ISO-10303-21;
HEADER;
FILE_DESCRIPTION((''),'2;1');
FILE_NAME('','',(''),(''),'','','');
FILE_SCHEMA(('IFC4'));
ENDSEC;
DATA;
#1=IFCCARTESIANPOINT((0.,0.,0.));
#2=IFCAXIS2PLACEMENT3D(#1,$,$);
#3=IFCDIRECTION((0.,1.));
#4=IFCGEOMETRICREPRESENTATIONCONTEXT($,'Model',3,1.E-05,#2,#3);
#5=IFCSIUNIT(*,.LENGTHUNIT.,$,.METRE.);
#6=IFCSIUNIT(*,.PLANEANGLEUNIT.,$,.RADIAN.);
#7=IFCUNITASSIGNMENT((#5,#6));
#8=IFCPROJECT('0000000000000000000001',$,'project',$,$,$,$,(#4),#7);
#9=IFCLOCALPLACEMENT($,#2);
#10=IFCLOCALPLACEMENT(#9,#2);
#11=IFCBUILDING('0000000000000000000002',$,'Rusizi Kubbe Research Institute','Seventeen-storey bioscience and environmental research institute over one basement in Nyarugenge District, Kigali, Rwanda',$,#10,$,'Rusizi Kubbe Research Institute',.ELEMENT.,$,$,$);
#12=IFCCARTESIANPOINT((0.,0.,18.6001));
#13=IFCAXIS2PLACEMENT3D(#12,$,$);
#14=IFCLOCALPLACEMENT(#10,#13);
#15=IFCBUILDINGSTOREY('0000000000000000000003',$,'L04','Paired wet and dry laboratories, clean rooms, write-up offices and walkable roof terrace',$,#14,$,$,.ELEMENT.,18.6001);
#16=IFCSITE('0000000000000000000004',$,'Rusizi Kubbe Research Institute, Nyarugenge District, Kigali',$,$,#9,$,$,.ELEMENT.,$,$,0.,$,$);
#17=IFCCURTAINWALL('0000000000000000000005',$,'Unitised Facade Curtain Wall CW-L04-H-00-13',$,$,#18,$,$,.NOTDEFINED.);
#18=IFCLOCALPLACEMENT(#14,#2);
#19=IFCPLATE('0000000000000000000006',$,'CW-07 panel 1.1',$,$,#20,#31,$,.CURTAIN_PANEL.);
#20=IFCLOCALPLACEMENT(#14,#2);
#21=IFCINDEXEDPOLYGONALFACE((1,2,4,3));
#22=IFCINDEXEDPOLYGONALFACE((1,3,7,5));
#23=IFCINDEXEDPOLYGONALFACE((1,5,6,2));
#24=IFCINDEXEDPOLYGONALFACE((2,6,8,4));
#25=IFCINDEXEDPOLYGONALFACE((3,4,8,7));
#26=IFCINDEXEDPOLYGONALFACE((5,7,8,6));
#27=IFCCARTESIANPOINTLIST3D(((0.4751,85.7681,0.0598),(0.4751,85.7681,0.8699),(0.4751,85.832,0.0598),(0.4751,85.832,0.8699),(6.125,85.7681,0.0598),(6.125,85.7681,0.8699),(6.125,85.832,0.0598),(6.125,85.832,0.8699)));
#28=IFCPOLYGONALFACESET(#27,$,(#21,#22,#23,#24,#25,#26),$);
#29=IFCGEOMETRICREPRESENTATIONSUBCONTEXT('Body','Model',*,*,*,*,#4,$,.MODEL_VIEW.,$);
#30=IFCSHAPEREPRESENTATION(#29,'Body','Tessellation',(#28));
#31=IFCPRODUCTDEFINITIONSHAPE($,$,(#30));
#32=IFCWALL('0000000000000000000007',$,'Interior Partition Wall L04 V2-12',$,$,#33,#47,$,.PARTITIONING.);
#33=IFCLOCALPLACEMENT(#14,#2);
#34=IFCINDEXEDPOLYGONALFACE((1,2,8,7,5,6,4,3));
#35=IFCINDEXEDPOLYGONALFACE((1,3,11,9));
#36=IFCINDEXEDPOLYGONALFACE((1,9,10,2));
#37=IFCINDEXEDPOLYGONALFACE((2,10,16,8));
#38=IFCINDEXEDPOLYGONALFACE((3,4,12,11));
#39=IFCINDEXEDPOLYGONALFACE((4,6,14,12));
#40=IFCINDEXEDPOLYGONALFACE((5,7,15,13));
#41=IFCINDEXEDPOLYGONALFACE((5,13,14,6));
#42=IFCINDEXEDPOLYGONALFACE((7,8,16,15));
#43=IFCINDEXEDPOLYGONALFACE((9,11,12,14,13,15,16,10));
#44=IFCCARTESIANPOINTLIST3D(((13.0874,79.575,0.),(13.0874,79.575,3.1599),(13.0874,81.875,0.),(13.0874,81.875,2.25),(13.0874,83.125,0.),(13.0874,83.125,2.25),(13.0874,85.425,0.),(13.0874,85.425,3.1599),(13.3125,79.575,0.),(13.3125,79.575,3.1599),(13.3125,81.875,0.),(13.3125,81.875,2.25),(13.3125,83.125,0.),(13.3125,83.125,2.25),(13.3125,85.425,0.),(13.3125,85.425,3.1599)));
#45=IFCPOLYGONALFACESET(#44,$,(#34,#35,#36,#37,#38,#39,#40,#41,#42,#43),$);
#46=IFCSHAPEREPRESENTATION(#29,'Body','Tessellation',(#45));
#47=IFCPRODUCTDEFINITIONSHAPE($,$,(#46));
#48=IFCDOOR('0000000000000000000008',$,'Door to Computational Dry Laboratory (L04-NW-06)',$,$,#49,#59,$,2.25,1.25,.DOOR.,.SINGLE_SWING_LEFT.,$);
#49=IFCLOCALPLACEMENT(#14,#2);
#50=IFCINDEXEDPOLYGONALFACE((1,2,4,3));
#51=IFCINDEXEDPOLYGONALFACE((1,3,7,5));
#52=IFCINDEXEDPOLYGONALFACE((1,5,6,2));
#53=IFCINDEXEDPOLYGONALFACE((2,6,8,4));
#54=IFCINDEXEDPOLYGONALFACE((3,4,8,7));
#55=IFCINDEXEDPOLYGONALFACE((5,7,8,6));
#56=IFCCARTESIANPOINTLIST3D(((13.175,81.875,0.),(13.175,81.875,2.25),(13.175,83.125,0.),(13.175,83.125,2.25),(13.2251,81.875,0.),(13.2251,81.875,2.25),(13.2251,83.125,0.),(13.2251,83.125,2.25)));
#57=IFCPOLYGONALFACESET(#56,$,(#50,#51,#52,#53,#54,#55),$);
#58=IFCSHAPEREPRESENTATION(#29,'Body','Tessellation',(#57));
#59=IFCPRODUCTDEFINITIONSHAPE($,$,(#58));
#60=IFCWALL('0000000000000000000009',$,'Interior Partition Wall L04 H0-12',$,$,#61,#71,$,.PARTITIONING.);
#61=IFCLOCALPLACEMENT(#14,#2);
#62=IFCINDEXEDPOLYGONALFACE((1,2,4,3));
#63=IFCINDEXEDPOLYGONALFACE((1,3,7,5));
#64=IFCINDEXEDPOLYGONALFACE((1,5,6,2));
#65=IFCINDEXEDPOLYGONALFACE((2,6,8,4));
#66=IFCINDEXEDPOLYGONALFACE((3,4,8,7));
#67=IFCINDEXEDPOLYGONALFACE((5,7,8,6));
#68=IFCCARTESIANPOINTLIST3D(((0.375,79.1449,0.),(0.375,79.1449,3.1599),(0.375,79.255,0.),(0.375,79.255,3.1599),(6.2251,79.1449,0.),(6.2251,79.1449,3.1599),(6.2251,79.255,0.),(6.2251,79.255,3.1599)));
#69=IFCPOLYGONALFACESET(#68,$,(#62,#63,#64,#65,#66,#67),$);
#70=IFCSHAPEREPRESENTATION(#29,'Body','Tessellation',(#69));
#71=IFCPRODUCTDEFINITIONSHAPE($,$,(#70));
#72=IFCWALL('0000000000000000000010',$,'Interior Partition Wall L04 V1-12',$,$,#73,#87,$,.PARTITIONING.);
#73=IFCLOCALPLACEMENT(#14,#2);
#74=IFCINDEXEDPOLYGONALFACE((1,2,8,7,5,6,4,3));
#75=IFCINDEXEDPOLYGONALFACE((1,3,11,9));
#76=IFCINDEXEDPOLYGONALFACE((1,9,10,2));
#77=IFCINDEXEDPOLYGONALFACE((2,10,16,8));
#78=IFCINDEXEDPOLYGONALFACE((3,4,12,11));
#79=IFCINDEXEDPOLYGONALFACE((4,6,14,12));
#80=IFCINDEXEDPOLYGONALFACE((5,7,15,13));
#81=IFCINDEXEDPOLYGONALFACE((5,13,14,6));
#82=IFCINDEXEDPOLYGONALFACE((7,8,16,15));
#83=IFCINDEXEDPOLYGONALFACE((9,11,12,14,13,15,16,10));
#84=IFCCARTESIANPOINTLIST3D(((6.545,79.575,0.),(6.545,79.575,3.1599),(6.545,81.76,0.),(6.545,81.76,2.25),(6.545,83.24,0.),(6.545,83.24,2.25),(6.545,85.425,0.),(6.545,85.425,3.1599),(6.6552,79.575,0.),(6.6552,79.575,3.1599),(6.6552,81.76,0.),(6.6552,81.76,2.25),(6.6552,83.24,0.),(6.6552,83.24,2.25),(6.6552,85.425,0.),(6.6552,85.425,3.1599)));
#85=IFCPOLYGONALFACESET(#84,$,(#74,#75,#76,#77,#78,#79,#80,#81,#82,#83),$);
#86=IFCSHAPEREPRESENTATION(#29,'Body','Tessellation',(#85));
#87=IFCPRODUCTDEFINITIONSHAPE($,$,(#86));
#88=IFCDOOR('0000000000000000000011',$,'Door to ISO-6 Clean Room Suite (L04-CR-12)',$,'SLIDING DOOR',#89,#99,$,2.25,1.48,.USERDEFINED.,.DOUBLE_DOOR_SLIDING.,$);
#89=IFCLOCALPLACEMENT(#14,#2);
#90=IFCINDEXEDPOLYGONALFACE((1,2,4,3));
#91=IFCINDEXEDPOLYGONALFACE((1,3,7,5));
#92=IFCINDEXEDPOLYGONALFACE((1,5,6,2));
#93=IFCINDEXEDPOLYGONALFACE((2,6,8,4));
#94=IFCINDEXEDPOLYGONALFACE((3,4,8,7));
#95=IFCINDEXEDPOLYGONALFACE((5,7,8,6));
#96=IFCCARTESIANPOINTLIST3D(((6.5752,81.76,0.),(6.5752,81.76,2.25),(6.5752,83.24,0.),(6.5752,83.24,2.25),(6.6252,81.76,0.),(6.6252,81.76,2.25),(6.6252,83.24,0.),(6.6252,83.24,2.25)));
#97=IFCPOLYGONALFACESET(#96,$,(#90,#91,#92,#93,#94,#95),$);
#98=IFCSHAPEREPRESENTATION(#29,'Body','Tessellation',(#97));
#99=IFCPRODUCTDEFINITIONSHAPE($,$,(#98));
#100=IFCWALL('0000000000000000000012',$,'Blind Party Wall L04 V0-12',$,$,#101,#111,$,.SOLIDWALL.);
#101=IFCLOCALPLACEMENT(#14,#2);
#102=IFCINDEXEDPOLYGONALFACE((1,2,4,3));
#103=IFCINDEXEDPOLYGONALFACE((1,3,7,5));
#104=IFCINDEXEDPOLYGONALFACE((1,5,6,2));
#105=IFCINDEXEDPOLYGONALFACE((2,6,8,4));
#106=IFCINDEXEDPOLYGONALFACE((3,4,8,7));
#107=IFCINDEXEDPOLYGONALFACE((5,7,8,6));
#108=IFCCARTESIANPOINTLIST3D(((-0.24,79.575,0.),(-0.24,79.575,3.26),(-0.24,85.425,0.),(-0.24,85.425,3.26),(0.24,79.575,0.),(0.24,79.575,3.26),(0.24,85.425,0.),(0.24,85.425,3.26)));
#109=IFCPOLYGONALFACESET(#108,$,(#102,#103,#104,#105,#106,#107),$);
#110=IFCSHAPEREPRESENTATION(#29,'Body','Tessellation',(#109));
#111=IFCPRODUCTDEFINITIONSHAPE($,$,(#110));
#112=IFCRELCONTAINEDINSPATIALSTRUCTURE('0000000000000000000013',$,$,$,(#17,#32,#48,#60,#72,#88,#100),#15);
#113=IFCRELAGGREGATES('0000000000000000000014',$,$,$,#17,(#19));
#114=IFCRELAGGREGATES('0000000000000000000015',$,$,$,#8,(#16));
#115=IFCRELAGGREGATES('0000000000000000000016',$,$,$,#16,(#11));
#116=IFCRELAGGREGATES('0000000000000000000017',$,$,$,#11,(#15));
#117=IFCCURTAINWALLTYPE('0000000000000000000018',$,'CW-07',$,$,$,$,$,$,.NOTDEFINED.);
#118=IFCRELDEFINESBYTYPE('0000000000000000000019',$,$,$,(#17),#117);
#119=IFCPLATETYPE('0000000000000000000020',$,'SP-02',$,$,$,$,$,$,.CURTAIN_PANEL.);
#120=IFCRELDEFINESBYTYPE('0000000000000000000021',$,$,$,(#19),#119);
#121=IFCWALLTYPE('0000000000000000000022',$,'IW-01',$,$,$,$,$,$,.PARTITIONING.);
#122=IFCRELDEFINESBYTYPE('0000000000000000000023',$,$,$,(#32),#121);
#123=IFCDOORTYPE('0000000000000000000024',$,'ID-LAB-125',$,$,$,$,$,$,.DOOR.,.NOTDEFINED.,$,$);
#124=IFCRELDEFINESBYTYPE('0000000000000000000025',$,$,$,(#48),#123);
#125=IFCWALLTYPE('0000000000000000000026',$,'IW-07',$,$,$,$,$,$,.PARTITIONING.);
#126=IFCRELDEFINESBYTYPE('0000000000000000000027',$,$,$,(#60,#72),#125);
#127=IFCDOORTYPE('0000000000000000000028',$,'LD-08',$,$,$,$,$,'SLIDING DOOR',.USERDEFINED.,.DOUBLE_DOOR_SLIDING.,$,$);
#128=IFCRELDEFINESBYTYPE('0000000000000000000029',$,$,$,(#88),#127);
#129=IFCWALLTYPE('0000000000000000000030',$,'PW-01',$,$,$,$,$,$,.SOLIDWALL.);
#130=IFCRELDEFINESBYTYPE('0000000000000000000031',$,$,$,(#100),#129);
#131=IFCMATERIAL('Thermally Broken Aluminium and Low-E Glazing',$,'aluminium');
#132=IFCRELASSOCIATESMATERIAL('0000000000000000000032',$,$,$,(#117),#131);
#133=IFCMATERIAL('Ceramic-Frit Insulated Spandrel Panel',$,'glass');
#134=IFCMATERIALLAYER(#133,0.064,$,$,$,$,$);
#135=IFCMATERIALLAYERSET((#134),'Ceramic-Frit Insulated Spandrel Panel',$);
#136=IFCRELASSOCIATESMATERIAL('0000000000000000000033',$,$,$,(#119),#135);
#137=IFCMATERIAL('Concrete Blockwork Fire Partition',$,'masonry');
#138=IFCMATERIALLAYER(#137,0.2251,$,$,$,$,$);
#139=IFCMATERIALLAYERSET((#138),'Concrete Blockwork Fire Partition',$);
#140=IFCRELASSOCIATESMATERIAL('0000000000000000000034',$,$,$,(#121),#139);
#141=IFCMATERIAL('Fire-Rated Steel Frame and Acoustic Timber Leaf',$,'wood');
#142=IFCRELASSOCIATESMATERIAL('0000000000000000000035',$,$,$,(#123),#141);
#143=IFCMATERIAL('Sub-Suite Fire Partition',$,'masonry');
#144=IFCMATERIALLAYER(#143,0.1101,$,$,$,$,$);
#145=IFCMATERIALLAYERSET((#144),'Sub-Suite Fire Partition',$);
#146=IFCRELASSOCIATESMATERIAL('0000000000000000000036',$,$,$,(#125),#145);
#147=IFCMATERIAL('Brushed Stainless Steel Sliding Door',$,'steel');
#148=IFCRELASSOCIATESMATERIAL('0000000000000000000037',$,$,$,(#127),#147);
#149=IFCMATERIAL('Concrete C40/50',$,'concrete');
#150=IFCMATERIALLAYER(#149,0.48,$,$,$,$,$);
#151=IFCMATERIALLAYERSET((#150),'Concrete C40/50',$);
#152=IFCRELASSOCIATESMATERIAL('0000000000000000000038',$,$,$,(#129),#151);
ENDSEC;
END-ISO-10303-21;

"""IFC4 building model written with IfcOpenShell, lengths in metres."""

from ifc_helpers import new_model, si_unit, direction, frame, frame_2d, origin, origin_2d, place, context, subcontext, project, spatial, rectangle, extrude, material, layer, layer_set, type_object, element, fill, aggregate, save


model = new_model("IFC4")

# Units and contexts
model_context = context("Model", 3, precision=1e-05, world=origin(), true_north=direction((0.0, 1.0)))
body_context = subcontext(model_context, "Body", "Model", "MODEL_VIEW")
ifc_project = project(units=[si_unit("LENGTHUNIT", "METRE"), si_unit("PLANEANGLEUNIT", "RADIAN")], contexts=[model_context])

# Site, building, storey
site_placement = place(None, origin())
site = spatial("IfcSite", under=ifc_project, at=site_placement, Name="Rusizi Kubbe Research Institute, Nyarugenge District, Kigali", CompositionType="ELEMENT", RefElevation=0.0)
building_placement = place(site_placement, origin())
building = spatial("IfcBuilding", under=site, at=building_placement, Name="Rusizi Kubbe Research Institute", Description="Seventeen-storey bioscience and environmental research institute over one basement in Nyarugenge District, Kigali, Rwanda", LongName="Rusizi Kubbe Research Institute", CompositionType="ELEMENT")
storey_placement = place(building_placement, frame((0.0, 0.0, 18.6001)))
storey = spatial("IfcBuildingStorey", under=building, at=storey_placement, Name="L04", Description="Paired wet and dry laboratories, clean rooms, write-up offices and walkable roof terrace", CompositionType="ELEMENT", Elevation=18.6001)

# Curtain wall, plate
ifc_material_1 = material(Name="Thermally Broken Aluminium and Low-E Glazing", Category="aluminium")
curtain_wall_type = type_object("IfcCurtainWallType", Name="CW-07", PredefinedType="NOTDEFINED", material=ifc_material_1)
curtain_wall_placement = place(storey_placement, origin())
curtain_wall = element("IfcCurtainWall", 1, at=curtain_wall_placement, inside=storey, type_object=curtain_wall_type, Name="Unitised Facade Curtain Wall CW-L04-H-00-13", PredefinedType="NOTDEFINED")
ifc_material_2 = material(Name="Ceramic-Frit Insulated Spandrel Panel", Category="glass")
ifc_layer_1 = layer(ifc_material_2, 0.064)
ifc_layer_set_1 = layer_set([ifc_layer_1], Name="Ceramic-Frit Insulated Spandrel Panel")
plate_type_1 = type_object("IfcPlateType", Name="SP-02", PredefinedType="CURTAIN_PANEL", material=ifc_layer_set_1)
plate_1_placement = place(storey_placement, frame((3.3, 85.8, 0.0598), z_axis=(0.0, 0.0, 1.0), x_axis=(1.0, 0.0, 0.0)))
plate_1 = element("IfcPlate", 2, at=plate_1_placement, type_object=plate_type_1, Name="CW-07 panel 1.1", PredefinedType="CURTAIN_PANEL", context=body_context, shape_type="SweptSolid", body=[
    extrude(rectangle(XDim=5.6499, YDim=0.064, at=origin_2d()), origin(), (0.0, 0.0, 1.0), 0.8101),
])
aggregate(curtain_wall, [plate_1])

# Wall, opening, door
ifc_material_3 = material(Name="Concrete Blockwork Fire Partition", Category="masonry")
ifc_layer_2 = layer(ifc_material_3, 0.2251)
ifc_layer_set_2 = layer_set([ifc_layer_2], Name="Concrete Blockwork Fire Partition")
wall_type_1 = type_object("IfcWallType", Name="IW-01", PredefinedType="PARTITIONING", material=ifc_layer_set_2)
wall_1_placement = place(storey_placement, frame((13.2, 79.575, 0.0), z_axis=(0.0, 0.0, 1.0), x_axis=(0.0, 1.0, 0.0)))
wall_1 = element("IfcWall", 3, at=wall_1_placement, inside=storey, type_object=wall_type_1, Name="Interior Partition Wall L04 V2-12", PredefinedType="PARTITIONING", context=body_context, shape_type="SweptSolid", body=[
    extrude(rectangle(XDim=5.8501, YDim=0.2251, at=frame_2d((2.925, 0.0))), origin(), (0.0, 0.0, 1.0), 3.1599),
])
opening_1_placement = place(wall_1_placement, frame((2.3, 0.0, 0.0)))
opening_1 = element("IfcOpeningElement", 4, at=opening_1_placement, cuts=wall_1, PredefinedType="OPENING", context=body_context, shape_type="SweptSolid", body=[
    extrude(rectangle(XDim=1.25, YDim=2.25, at=frame_2d((0.625, 1.125))), frame((0.0, 0.1226, 0.0), z_axis=(0.0, -1.0, 0.0), x_axis=(1.0, 0.0, 0.0)), (0.0, 0.0, 1.0), 0.2451),
])
ifc_material_4 = material(Name="Fire-Rated Steel Frame and Acoustic Timber Leaf", Category="wood")
door_type_1 = type_object("IfcDoorType", Name="ID-LAB-125", OperationType="NOTDEFINED", PredefinedType="DOOR", material=ifc_material_4)
door_1_placement = place(opening_1_placement, origin())
door_1 = element("IfcDoor", 5, at=door_1_placement, inside=storey, type_object=door_type_1, Name="Door to Computational Dry Laboratory (L04-NW-06)", OperationType="SINGLE_SWING_LEFT", OverallHeight=2.25, OverallWidth=1.25, PredefinedType="DOOR", context=body_context, shape_type="SweptSolid", body=[
    extrude(rectangle(XDim=1.25, YDim=2.25, at=frame_2d((0.625, 1.125))), frame((0.0, 0.0249, 0.0), z_axis=(0.0, -1.0, 0.0), x_axis=(1.0, 0.0, 0.0)), (0.0, 0.0, 1.0), 0.05),
])
fill(opening_1, door_1)

# Wall
ifc_material_5 = material(Name="Sub-Suite Fire Partition", Category="masonry")
ifc_layer_3 = layer(ifc_material_5, 0.1101)
ifc_layer_set_3 = layer_set([ifc_layer_3], Name="Sub-Suite Fire Partition")
wall_type_2 = type_object("IfcWallType", Name="IW-07", PredefinedType="PARTITIONING", material=ifc_layer_set_3)
wall_2_placement = place(storey_placement, frame((0.375, 79.2, 0.0), z_axis=(0.0, 0.0, 1.0), x_axis=(1.0, 0.0, 0.0)))
element("IfcWall", 6, at=wall_2_placement, inside=storey, type_object=wall_type_2, Name="Interior Partition Wall L04 H0-12", PredefinedType="PARTITIONING", context=body_context, shape_type="SweptSolid", body=[
    extrude(rectangle(XDim=5.8501, YDim=0.1101, at=frame_2d((2.925, 0.0))), origin(), (0.0, 0.0, 1.0), 3.1599),
])

# Wall, opening, door
wall_3_placement = place(storey_placement, frame((6.6001, 79.575, 0.0), z_axis=(0.0, 0.0, 1.0), x_axis=(0.0, 1.0, 0.0)))
wall_3 = element("IfcWall", 7, at=wall_3_placement, inside=storey, type_object=wall_type_2, Name="Interior Partition Wall L04 V1-12", PredefinedType="PARTITIONING", context=body_context, shape_type="SweptSolid", body=[
    extrude(rectangle(XDim=5.8501, YDim=0.1101, at=frame_2d((2.925, 0.0))), origin(), (0.0, 0.0, 1.0), 3.1599),
])
opening_2_placement = place(wall_3_placement, frame((2.1851, 0.0, 0.0)))
opening_2 = element("IfcOpeningElement", 8, at=opening_2_placement, cuts=wall_3, PredefinedType="OPENING", context=body_context, shape_type="SweptSolid", body=[
    extrude(rectangle(XDim=1.48, YDim=2.25, at=frame_2d((0.74, 1.125))), frame((0.0, 0.0649, 0.0), z_axis=(0.0, -1.0, 0.0), x_axis=(1.0, 0.0, 0.0)), (0.0, 0.0, 1.0), 0.1301),
])
ifc_material_6 = material(Name="Brushed Stainless Steel Sliding Door", Category="steel")
door_type_2 = type_object("IfcDoorType", Name="LD-08", ElementType="SLIDING DOOR", OperationType="DOUBLE_DOOR_SLIDING", PredefinedType="USERDEFINED", material=ifc_material_6)
door_2_placement = place(opening_2_placement, origin())
door_2 = element("IfcDoor", 9, at=door_2_placement, inside=storey, type_object=door_type_2, Name="Door to ISO-6 Clean Room Suite (L04-CR-12)", ObjectType="SLIDING DOOR", OperationType="DOUBLE_DOOR_SLIDING", OverallHeight=2.25, OverallWidth=1.48, PredefinedType="USERDEFINED", context=body_context, shape_type="SweptSolid", body=[
    extrude(rectangle(XDim=1.48, YDim=2.25, at=frame_2d((0.74, 1.125))), frame((0.0, 0.0249, 0.0), z_axis=(0.0, -1.0, 0.0), x_axis=(1.0, 0.0, 0.0)), (0.0, 0.0, 1.0), 0.05),
])
fill(opening_2, door_2)

# Wall
ifc_material_7 = material(Name="Concrete C40/50", Category="concrete")
ifc_layer_4 = layer(ifc_material_7, 0.48)
ifc_layer_set_4 = layer_set([ifc_layer_4], Name="Concrete C40/50")
wall_type_3 = type_object("IfcWallType", Name="PW-01", PredefinedType="SOLIDWALL", material=ifc_layer_set_4)
wall_4_placement = place(storey_placement, frame((0.0, 79.575, 0.0), z_axis=(0.0, 0.0, 1.0), x_axis=(0.0, 1.0, 0.0)))
element("IfcWall", 10, at=wall_4_placement, inside=storey, type_object=wall_type_3, Name="Blind Party Wall L04 V0-12", PredefinedType="SOLIDWALL", context=body_context, shape_type="SweptSolid", body=[
    extrude(rectangle(XDim=5.8501, YDim=0.48, at=frame_2d((2.925, 0.0))), origin(), (0.0, 0.0, 1.0), 3.26),
])

save(model, "model.ifc")
